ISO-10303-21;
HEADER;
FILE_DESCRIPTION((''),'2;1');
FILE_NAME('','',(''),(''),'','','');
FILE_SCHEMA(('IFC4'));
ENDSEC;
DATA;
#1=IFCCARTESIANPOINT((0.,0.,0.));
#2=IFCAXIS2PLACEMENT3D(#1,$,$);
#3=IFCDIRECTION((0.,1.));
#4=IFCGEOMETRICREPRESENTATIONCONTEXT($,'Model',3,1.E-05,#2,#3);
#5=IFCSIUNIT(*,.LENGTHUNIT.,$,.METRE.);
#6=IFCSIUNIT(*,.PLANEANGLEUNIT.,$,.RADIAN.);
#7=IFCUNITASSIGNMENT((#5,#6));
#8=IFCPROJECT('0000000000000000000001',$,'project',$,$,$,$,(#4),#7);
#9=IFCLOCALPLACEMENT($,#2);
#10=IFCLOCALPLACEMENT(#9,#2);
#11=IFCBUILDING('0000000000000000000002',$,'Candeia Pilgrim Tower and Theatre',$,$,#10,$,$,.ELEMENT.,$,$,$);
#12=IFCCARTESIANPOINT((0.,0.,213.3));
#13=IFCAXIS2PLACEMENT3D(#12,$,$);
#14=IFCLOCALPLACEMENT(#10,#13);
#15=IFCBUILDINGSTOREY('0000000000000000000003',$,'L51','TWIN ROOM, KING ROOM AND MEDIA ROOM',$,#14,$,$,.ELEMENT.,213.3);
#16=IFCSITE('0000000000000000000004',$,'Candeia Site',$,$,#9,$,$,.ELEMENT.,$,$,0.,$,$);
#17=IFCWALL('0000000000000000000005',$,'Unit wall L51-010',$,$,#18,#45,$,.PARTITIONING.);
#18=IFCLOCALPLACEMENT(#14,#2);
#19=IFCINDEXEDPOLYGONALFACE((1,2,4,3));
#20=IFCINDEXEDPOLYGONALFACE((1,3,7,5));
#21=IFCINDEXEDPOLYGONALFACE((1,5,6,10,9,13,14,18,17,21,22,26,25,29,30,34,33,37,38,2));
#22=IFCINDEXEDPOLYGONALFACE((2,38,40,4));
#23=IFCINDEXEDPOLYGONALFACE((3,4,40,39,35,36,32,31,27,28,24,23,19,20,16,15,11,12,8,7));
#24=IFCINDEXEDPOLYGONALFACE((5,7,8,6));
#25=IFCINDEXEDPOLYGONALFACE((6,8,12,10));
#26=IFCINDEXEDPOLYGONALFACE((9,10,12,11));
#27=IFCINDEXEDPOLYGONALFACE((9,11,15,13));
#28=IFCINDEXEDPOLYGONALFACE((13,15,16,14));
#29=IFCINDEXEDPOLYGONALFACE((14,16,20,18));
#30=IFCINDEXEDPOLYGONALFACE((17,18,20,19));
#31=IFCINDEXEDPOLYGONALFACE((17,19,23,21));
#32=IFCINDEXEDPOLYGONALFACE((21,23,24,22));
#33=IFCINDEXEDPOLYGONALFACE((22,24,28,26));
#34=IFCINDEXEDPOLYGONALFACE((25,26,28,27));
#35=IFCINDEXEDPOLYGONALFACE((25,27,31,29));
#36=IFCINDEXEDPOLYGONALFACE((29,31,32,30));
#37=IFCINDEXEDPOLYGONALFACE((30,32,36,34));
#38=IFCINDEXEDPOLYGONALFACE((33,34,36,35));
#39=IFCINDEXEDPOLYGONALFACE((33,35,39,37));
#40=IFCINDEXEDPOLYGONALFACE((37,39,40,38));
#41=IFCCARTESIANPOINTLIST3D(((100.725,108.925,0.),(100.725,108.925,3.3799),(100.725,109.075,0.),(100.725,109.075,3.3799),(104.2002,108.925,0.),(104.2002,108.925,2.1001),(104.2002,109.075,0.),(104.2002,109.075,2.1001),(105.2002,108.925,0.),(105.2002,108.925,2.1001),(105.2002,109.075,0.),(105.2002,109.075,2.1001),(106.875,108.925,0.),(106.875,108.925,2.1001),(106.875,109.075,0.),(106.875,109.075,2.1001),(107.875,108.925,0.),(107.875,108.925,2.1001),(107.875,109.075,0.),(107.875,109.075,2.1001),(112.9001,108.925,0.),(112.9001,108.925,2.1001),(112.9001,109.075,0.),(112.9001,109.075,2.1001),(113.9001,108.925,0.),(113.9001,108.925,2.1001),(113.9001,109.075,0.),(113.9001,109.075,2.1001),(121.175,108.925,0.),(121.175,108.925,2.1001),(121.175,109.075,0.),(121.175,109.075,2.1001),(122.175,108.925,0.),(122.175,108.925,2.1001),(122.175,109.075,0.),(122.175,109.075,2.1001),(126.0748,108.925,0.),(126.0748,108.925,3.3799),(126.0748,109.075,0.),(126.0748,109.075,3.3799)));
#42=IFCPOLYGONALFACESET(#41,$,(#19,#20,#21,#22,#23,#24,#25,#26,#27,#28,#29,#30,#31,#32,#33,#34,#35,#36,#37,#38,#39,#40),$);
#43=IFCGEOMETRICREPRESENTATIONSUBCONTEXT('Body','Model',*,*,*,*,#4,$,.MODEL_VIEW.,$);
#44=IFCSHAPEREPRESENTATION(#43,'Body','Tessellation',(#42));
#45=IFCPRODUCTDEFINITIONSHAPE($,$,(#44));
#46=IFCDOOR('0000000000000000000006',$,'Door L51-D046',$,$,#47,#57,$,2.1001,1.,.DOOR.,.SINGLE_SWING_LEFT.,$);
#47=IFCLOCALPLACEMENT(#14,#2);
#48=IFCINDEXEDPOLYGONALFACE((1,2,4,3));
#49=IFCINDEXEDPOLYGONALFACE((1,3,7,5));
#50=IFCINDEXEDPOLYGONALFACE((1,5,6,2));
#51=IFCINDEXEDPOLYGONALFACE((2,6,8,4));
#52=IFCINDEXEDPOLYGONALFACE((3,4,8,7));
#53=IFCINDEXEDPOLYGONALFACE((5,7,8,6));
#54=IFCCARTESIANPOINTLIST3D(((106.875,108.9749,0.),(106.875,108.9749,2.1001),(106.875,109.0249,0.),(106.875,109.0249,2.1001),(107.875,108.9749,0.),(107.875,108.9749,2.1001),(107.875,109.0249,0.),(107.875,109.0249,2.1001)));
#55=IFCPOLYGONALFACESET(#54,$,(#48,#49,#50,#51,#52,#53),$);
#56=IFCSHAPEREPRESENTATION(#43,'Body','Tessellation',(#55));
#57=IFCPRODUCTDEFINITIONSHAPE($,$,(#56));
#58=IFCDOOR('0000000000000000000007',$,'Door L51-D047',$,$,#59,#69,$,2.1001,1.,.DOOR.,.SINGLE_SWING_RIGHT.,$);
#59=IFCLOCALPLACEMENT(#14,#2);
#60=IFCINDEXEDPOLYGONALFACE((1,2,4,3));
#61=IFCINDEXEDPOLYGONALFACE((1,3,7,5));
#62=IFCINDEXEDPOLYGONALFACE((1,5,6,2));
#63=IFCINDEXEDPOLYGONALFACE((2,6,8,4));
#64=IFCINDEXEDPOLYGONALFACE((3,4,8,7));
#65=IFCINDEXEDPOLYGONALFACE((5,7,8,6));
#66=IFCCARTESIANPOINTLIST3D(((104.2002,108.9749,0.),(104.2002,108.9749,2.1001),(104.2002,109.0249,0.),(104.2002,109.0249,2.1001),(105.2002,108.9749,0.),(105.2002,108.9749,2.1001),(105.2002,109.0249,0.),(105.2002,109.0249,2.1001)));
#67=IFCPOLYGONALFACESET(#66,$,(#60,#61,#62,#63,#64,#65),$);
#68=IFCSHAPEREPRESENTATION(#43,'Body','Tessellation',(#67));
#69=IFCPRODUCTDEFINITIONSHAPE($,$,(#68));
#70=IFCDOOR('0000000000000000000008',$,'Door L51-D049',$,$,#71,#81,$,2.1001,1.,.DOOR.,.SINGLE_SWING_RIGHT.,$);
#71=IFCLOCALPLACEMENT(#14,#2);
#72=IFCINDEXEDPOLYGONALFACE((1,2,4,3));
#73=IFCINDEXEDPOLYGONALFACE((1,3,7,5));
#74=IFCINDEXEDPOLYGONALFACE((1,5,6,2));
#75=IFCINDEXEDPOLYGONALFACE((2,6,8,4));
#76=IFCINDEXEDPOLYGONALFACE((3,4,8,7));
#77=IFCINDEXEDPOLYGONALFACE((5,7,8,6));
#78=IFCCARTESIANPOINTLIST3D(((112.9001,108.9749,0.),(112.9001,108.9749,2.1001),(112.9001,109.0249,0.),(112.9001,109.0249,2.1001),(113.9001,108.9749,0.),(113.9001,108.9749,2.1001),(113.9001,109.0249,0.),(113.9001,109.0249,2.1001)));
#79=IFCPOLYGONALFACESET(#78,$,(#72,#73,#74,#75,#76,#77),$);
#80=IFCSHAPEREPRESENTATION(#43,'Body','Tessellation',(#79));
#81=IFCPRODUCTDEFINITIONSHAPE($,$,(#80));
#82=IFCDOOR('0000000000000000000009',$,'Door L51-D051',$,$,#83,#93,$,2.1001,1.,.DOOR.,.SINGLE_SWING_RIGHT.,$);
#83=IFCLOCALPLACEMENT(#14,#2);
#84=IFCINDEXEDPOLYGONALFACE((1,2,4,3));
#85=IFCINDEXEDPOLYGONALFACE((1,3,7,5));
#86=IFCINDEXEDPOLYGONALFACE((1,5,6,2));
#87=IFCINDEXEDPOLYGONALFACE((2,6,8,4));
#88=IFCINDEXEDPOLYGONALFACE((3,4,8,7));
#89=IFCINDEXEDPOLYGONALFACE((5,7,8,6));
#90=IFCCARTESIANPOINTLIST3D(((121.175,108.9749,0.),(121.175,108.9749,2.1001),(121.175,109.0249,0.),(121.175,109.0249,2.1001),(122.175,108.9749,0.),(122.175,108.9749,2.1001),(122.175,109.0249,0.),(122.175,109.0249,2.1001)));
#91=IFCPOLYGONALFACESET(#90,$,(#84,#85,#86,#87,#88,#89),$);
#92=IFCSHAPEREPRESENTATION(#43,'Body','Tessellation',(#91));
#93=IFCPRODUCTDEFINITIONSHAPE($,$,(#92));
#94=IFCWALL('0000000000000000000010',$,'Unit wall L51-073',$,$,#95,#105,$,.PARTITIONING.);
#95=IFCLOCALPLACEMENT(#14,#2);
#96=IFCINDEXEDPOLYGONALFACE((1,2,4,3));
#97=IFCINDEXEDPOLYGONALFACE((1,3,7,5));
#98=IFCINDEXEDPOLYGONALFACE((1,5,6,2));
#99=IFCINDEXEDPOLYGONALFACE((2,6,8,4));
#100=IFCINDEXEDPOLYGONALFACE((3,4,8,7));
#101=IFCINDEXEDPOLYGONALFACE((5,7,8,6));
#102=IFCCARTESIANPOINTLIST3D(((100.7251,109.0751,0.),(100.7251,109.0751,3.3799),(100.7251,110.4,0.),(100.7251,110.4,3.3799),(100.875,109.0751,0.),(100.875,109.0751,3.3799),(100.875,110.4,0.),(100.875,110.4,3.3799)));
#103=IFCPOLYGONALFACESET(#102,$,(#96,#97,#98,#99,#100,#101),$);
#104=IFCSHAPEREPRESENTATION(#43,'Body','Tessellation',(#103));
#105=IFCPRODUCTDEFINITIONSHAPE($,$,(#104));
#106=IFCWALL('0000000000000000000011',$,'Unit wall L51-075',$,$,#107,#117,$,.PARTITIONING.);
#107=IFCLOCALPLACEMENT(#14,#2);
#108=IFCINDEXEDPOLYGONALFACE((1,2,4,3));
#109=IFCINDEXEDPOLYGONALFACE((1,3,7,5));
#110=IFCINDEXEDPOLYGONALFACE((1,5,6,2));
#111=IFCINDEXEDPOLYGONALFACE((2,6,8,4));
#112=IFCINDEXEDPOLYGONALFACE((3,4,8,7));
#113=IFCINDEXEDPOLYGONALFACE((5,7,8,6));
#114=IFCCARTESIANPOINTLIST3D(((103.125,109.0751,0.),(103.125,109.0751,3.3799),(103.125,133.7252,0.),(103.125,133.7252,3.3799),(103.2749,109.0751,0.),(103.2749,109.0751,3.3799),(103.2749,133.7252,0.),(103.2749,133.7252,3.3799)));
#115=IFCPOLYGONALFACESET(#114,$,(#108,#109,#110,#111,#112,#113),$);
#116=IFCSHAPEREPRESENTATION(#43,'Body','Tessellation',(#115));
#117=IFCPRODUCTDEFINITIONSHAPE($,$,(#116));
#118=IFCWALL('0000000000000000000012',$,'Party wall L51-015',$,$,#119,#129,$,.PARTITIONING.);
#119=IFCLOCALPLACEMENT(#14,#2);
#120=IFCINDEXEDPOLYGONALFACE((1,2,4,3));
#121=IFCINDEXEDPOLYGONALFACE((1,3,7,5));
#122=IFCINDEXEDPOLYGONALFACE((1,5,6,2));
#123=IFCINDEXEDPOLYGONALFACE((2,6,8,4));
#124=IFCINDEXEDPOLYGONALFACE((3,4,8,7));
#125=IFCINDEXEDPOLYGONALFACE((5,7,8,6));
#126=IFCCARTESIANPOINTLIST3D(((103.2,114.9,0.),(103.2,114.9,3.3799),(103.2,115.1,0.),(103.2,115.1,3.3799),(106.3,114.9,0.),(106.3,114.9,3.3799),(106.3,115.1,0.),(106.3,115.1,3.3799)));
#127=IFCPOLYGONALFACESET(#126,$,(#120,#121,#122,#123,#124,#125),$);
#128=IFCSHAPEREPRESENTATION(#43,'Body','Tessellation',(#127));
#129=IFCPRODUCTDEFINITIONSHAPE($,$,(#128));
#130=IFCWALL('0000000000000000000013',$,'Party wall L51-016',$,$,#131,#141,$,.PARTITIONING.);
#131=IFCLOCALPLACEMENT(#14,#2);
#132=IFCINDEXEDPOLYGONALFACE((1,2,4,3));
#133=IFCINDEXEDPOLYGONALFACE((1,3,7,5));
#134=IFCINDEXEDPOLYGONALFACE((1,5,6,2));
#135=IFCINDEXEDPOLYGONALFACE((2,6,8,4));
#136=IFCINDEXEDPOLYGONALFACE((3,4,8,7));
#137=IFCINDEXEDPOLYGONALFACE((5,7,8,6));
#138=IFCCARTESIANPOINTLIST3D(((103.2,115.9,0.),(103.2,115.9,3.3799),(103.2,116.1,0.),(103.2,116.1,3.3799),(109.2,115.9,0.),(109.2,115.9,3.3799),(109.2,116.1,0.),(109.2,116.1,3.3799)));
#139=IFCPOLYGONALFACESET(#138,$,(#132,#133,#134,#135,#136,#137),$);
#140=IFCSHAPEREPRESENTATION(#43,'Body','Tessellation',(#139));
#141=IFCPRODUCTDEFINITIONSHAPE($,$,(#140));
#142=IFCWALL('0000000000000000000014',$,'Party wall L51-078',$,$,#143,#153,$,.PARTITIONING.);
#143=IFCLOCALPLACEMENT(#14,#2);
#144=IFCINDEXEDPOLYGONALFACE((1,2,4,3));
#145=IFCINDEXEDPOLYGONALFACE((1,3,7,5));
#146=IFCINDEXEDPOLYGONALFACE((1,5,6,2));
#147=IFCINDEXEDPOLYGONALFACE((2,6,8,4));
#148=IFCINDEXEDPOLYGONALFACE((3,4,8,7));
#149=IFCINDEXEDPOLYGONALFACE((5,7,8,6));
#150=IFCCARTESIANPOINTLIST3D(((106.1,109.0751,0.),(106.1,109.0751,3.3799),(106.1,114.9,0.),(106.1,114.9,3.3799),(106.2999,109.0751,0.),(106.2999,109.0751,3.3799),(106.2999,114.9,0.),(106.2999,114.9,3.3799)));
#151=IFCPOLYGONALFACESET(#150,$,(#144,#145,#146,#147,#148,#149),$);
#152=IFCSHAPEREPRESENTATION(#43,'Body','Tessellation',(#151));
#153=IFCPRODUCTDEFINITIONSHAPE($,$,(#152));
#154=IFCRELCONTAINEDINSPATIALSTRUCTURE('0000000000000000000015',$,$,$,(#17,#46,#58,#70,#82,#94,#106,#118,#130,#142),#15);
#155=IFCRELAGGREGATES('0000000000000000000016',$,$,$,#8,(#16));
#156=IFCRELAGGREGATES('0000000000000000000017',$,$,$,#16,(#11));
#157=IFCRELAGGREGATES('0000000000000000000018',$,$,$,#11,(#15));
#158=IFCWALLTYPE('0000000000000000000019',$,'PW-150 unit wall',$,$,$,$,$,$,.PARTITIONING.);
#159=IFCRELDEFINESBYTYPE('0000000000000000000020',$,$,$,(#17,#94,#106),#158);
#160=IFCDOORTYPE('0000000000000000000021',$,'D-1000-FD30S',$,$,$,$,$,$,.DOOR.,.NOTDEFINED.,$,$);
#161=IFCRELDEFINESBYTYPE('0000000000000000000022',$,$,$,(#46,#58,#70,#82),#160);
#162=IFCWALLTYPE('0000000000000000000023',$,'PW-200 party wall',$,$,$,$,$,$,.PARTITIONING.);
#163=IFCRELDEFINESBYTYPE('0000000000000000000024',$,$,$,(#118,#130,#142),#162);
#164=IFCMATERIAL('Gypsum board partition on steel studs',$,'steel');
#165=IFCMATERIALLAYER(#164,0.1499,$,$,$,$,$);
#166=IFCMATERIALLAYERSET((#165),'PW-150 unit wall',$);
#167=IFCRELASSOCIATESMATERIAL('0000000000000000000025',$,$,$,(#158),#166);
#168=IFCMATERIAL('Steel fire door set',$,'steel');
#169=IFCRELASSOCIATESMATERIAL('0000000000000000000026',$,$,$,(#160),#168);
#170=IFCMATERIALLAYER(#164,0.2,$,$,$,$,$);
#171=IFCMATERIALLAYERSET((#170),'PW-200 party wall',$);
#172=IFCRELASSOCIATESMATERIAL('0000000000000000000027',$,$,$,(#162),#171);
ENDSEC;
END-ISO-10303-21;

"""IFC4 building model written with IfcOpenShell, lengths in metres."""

from ifc_helpers import new_model, si_unit, direction, frame, frame_2d, origin, place, context, subcontext, project, spatial, rectangle, extrude, material, layer, layer_set, type_object, element, fill, save


model = new_model("IFC4")

# Units and contexts
model_context = context("Model", 3, precision=1e-05, world=origin(), true_north=direction((0.0, 1.0)))
body_context = subcontext(model_context, "Body", "Model", "MODEL_VIEW")
ifc_project = project(units=[si_unit("LENGTHUNIT", "METRE"), si_unit("PLANEANGLEUNIT", "RADIAN")], contexts=[model_context])

# Site, building, storey
site_placement = place(None, origin())
site = spatial("IfcSite", under=ifc_project, at=site_placement, Name="Candeia Site", CompositionType="ELEMENT", RefElevation=0.0)
building_placement = place(site_placement, origin())
building = spatial("IfcBuilding", under=site, at=building_placement, Name="Candeia Pilgrim Tower and Theatre", CompositionType="ELEMENT")
storey_placement = place(building_placement, frame((0.0, 0.0, 213.3)))
storey = spatial("IfcBuildingStorey", under=building, at=storey_placement, Name="L51", Description="TWIN ROOM, KING ROOM AND MEDIA ROOM", CompositionType="ELEMENT", Elevation=213.3)

# Shared definitions
ifc_material_1 = material(Name="Steel fire door set", Category="steel")

# Shared definitions
ifc_material_2 = material(Name="Gypsum board partition on steel studs", Category="steel")

# Wall, openings, doors
ifc_layer_1 = layer(ifc_material_2, 0.1499)
ifc_layer_set_1 = layer_set([ifc_layer_1], Name="PW-150 unit wall")
wall_type_1 = type_object("IfcWallType", Name="PW-150 unit wall", PredefinedType="PARTITIONING", material=ifc_layer_set_1)
wall_1_placement = place(storey_placement, frame((100.7251, 109.0, 0.0), z_axis=(0.0, 0.0, 1.0), x_axis=(1.0, 0.0, 0.0)))
wall_1 = element("IfcWall", 1, at=wall_1_placement, inside=storey, type_object=wall_type_1, Name="Unit wall L51-010", PredefinedType="PARTITIONING", context=body_context, shape_type="SweptSolid", body=[
    extrude(rectangle(XDim=25.3499, YDim=0.1499, at=frame_2d((12.6748, 0.0))), origin(), (0.0, 0.0, 1.0), 3.3799),
])
opening_1_placement = place(wall_1_placement, frame((6.1499, 0.0, 0.0)))
opening_1 = element("IfcOpeningElement", 2, at=opening_1_placement, cuts=wall_1, PredefinedType="OPENING", context=body_context, shape_type="SweptSolid", body=[
    extrude(rectangle(XDim=1.0, YDim=2.1001, at=frame_2d((0.5, 1.05))), frame((0.0, 0.085, 0.0), z_axis=(0.0, -1.0, 0.0), x_axis=(1.0, 0.0, 0.0)), (0.0, 0.0, 1.0), 0.1699),
])
opening_2_placement = place(wall_1_placement, frame((3.4751, 0.0, 0.0)))
opening_2 = element("IfcOpeningElement", 3, at=opening_2_placement, cuts=wall_1, PredefinedType="OPENING", context=body_context, shape_type="SweptSolid", body=[
    extrude(rectangle(XDim=1.0, YDim=2.1001, at=frame_2d((0.5, 1.05))), frame((0.0, 0.085, 0.0), z_axis=(0.0, -1.0, 0.0), x_axis=(1.0, 0.0, 0.0)), (0.0, 0.0, 1.0), 0.1699),
])
opening_3_placement = place(wall_1_placement, frame((12.175, 0.0, 0.0)))
opening_3 = element("IfcOpeningElement", 4, at=opening_3_placement, cuts=wall_1, PredefinedType="OPENING", context=body_context, shape_type="SweptSolid", body=[
    extrude(rectangle(XDim=1.0, YDim=2.1001, at=frame_2d((0.5, 1.05))), frame((0.0, 0.085, 0.0), z_axis=(0.0, -1.0, 0.0), x_axis=(1.0, 0.0, 0.0)), (0.0, 0.0, 1.0), 0.1699),
])
opening_4_placement = place(wall_1_placement, frame((20.45, 0.0, 0.0)))
opening_4 = element("IfcOpeningElement", 5, at=opening_4_placement, cuts=wall_1, PredefinedType="OPENING", context=body_context, shape_type="SweptSolid", body=[
    extrude(rectangle(XDim=1.0, YDim=2.1001, at=frame_2d((0.5, 1.05))), frame((0.0, 0.085, 0.0), z_axis=(0.0, -1.0, 0.0), x_axis=(1.0, 0.0, 0.0)), (0.0, 0.0, 1.0), 0.1699),
])
door_type_1 = type_object("IfcDoorType", Name="D-1000-FD30S", OperationType="NOTDEFINED", PredefinedType="DOOR", material=ifc_material_1)
door_1_placement = place(opening_1_placement, origin())
door_1 = element("IfcDoor", 6, at=door_1_placement, inside=storey, type_object=door_type_1, Name="Door L51-D046", OperationType="SINGLE_SWING_LEFT", OverallHeight=2.1001, OverallWidth=1.0, PredefinedType="DOOR", context=body_context, shape_type="SweptSolid", body=[
    extrude(rectangle(XDim=1.0, YDim=2.1001, at=frame_2d((0.5, 1.05))), frame((0.0, 0.0249, 0.0), z_axis=(0.0, -1.0, 0.0), x_axis=(1.0, 0.0, 0.0)), (0.0, 0.0, 1.0), 0.05),
])
fill(opening_1, door_1)
door_2_placement = place(opening_2_placement, origin())
door_2 = element("IfcDoor", 7, at=door_2_placement, inside=storey, type_object=door_type_1, Name="Door L51-D047", OperationType="SINGLE_SWING_RIGHT", OverallHeight=2.1001, OverallWidth=1.0, PredefinedType="DOOR", context=body_context, shape_type="SweptSolid", body=[
    extrude(rectangle(XDim=1.0, YDim=2.1001, at=frame_2d((0.5, 1.05))), frame((0.0, 0.0249, 0.0), z_axis=(0.0, -1.0, 0.0), x_axis=(1.0, 0.0, 0.0)), (0.0, 0.0, 1.0), 0.05),
])
fill(opening_2, door_2)
door_3_placement = place(opening_3_placement, origin())
door_3 = element("IfcDoor", 8, at=door_3_placement, inside=storey, type_object=door_type_1, Name="Door L51-D049", OperationType="SINGLE_SWING_RIGHT", OverallHeight=2.1001, OverallWidth=1.0, PredefinedType="DOOR", context=body_context, shape_type="SweptSolid", body=[
    extrude(rectangle(XDim=1.0, YDim=2.1001, at=frame_2d((0.5, 1.05))), frame((0.0, 0.0249, 0.0), z_axis=(0.0, -1.0, 0.0), x_axis=(1.0, 0.0, 0.0)), (0.0, 0.0, 1.0), 0.05),
])
fill(opening_3, door_3)
door_4_placement = place(opening_4_placement, origin())
door_4 = element("IfcDoor", 9, at=door_4_placement, inside=storey, type_object=door_type_1, Name="Door L51-D051", OperationType="SINGLE_SWING_RIGHT", OverallHeight=2.1001, OverallWidth=1.0, PredefinedType="DOOR", context=body_context, shape_type="SweptSolid", body=[
    extrude(rectangle(XDim=1.0, YDim=2.1001, at=frame_2d((0.5, 1.05))), frame((0.0, 0.0249, 0.0), z_axis=(0.0, -1.0, 0.0), x_axis=(1.0, 0.0, 0.0)), (0.0, 0.0, 1.0), 0.05),
])
fill(opening_4, door_4)

# Walls
wall_2_placement = place(storey_placement, frame((100.8, 109.075, 0.0), z_axis=(0.0, 0.0, 1.0), x_axis=(0.0, 1.0, 0.0)))
element("IfcWall", 10, at=wall_2_placement, inside=storey, type_object=wall_type_1, Name="Unit wall L51-073", PredefinedType="PARTITIONING", context=body_context, shape_type="SweptSolid", body=[
    extrude(rectangle(XDim=1.325, YDim=0.1499, at=frame_2d((0.6626, 0.0))), origin(), (0.0, 0.0, 1.0), 3.3799),
])
wall_3_placement = place(storey_placement, frame((103.2, 109.075, 0.0), z_axis=(0.0, 0.0, 1.0), x_axis=(0.0, 1.0, 0.0)))
element("IfcWall", 11, at=wall_3_placement, inside=storey, type_object=wall_type_1, Name="Unit wall L51-075", PredefinedType="PARTITIONING", context=body_context, shape_type="SweptSolid", body=[
    extrude(rectangle(XDim=24.6501, YDim=0.1499, at=frame_2d((12.3252, 0.0))), origin(), (0.0, 0.0, 1.0), 3.3799),
])
ifc_layer_2 = layer(ifc_material_2, 0.2)
ifc_layer_set_2 = layer_set([ifc_layer_2], Name="PW-200 party wall")
wall_type_2 = type_object("IfcWallType", Name="PW-200 party wall", PredefinedType="PARTITIONING", material=ifc_layer_set_2)
wall_4_placement = place(storey_placement, frame((103.2, 115.0, 0.0), z_axis=(0.0, 0.0, 1.0), x_axis=(1.0, 0.0, 0.0)))
element("IfcWall", 12, at=wall_4_placement, inside=storey, type_object=wall_type_2, Name="Party wall L51-015", PredefinedType="PARTITIONING", context=body_context, shape_type="SweptSolid", body=[
    extrude(rectangle(XDim=3.1001, YDim=0.2, at=frame_2d((1.55, 0.0))), origin(), (0.0, 0.0, 1.0), 3.3799),
])
wall_5_placement = place(storey_placement, frame((103.2, 116.0, 0.0), z_axis=(0.0, 0.0, 1.0), x_axis=(1.0, 0.0, 0.0)))
element("IfcWall", 13, at=wall_5_placement, inside=storey, type_object=wall_type_2, Name="Party wall L51-016", PredefinedType="PARTITIONING", context=body_context, shape_type="SweptSolid", body=[
    extrude(rectangle(XDim=6.0, YDim=0.2, at=frame_2d((3.0, 0.0))), origin(), (0.0, 0.0, 1.0), 3.3799),
])
wall_6_placement = place(storey_placement, frame((106.2, 109.075, 0.0), z_axis=(0.0, 0.0, 1.0), x_axis=(0.0, 1.0, 0.0)))
element("IfcWall", 14, at=wall_6_placement, inside=storey, type_object=wall_type_2, Name="Party wall L51-078", PredefinedType="PARTITIONING", context=body_context, shape_type="SweptSolid", body=[
    extrude(rectangle(XDim=5.825, YDim=0.2, at=frame_2d((2.9126, 0.0))), origin(), (0.0, 0.0, 1.0), 3.3799),
])

save(model, "model.ifc")
